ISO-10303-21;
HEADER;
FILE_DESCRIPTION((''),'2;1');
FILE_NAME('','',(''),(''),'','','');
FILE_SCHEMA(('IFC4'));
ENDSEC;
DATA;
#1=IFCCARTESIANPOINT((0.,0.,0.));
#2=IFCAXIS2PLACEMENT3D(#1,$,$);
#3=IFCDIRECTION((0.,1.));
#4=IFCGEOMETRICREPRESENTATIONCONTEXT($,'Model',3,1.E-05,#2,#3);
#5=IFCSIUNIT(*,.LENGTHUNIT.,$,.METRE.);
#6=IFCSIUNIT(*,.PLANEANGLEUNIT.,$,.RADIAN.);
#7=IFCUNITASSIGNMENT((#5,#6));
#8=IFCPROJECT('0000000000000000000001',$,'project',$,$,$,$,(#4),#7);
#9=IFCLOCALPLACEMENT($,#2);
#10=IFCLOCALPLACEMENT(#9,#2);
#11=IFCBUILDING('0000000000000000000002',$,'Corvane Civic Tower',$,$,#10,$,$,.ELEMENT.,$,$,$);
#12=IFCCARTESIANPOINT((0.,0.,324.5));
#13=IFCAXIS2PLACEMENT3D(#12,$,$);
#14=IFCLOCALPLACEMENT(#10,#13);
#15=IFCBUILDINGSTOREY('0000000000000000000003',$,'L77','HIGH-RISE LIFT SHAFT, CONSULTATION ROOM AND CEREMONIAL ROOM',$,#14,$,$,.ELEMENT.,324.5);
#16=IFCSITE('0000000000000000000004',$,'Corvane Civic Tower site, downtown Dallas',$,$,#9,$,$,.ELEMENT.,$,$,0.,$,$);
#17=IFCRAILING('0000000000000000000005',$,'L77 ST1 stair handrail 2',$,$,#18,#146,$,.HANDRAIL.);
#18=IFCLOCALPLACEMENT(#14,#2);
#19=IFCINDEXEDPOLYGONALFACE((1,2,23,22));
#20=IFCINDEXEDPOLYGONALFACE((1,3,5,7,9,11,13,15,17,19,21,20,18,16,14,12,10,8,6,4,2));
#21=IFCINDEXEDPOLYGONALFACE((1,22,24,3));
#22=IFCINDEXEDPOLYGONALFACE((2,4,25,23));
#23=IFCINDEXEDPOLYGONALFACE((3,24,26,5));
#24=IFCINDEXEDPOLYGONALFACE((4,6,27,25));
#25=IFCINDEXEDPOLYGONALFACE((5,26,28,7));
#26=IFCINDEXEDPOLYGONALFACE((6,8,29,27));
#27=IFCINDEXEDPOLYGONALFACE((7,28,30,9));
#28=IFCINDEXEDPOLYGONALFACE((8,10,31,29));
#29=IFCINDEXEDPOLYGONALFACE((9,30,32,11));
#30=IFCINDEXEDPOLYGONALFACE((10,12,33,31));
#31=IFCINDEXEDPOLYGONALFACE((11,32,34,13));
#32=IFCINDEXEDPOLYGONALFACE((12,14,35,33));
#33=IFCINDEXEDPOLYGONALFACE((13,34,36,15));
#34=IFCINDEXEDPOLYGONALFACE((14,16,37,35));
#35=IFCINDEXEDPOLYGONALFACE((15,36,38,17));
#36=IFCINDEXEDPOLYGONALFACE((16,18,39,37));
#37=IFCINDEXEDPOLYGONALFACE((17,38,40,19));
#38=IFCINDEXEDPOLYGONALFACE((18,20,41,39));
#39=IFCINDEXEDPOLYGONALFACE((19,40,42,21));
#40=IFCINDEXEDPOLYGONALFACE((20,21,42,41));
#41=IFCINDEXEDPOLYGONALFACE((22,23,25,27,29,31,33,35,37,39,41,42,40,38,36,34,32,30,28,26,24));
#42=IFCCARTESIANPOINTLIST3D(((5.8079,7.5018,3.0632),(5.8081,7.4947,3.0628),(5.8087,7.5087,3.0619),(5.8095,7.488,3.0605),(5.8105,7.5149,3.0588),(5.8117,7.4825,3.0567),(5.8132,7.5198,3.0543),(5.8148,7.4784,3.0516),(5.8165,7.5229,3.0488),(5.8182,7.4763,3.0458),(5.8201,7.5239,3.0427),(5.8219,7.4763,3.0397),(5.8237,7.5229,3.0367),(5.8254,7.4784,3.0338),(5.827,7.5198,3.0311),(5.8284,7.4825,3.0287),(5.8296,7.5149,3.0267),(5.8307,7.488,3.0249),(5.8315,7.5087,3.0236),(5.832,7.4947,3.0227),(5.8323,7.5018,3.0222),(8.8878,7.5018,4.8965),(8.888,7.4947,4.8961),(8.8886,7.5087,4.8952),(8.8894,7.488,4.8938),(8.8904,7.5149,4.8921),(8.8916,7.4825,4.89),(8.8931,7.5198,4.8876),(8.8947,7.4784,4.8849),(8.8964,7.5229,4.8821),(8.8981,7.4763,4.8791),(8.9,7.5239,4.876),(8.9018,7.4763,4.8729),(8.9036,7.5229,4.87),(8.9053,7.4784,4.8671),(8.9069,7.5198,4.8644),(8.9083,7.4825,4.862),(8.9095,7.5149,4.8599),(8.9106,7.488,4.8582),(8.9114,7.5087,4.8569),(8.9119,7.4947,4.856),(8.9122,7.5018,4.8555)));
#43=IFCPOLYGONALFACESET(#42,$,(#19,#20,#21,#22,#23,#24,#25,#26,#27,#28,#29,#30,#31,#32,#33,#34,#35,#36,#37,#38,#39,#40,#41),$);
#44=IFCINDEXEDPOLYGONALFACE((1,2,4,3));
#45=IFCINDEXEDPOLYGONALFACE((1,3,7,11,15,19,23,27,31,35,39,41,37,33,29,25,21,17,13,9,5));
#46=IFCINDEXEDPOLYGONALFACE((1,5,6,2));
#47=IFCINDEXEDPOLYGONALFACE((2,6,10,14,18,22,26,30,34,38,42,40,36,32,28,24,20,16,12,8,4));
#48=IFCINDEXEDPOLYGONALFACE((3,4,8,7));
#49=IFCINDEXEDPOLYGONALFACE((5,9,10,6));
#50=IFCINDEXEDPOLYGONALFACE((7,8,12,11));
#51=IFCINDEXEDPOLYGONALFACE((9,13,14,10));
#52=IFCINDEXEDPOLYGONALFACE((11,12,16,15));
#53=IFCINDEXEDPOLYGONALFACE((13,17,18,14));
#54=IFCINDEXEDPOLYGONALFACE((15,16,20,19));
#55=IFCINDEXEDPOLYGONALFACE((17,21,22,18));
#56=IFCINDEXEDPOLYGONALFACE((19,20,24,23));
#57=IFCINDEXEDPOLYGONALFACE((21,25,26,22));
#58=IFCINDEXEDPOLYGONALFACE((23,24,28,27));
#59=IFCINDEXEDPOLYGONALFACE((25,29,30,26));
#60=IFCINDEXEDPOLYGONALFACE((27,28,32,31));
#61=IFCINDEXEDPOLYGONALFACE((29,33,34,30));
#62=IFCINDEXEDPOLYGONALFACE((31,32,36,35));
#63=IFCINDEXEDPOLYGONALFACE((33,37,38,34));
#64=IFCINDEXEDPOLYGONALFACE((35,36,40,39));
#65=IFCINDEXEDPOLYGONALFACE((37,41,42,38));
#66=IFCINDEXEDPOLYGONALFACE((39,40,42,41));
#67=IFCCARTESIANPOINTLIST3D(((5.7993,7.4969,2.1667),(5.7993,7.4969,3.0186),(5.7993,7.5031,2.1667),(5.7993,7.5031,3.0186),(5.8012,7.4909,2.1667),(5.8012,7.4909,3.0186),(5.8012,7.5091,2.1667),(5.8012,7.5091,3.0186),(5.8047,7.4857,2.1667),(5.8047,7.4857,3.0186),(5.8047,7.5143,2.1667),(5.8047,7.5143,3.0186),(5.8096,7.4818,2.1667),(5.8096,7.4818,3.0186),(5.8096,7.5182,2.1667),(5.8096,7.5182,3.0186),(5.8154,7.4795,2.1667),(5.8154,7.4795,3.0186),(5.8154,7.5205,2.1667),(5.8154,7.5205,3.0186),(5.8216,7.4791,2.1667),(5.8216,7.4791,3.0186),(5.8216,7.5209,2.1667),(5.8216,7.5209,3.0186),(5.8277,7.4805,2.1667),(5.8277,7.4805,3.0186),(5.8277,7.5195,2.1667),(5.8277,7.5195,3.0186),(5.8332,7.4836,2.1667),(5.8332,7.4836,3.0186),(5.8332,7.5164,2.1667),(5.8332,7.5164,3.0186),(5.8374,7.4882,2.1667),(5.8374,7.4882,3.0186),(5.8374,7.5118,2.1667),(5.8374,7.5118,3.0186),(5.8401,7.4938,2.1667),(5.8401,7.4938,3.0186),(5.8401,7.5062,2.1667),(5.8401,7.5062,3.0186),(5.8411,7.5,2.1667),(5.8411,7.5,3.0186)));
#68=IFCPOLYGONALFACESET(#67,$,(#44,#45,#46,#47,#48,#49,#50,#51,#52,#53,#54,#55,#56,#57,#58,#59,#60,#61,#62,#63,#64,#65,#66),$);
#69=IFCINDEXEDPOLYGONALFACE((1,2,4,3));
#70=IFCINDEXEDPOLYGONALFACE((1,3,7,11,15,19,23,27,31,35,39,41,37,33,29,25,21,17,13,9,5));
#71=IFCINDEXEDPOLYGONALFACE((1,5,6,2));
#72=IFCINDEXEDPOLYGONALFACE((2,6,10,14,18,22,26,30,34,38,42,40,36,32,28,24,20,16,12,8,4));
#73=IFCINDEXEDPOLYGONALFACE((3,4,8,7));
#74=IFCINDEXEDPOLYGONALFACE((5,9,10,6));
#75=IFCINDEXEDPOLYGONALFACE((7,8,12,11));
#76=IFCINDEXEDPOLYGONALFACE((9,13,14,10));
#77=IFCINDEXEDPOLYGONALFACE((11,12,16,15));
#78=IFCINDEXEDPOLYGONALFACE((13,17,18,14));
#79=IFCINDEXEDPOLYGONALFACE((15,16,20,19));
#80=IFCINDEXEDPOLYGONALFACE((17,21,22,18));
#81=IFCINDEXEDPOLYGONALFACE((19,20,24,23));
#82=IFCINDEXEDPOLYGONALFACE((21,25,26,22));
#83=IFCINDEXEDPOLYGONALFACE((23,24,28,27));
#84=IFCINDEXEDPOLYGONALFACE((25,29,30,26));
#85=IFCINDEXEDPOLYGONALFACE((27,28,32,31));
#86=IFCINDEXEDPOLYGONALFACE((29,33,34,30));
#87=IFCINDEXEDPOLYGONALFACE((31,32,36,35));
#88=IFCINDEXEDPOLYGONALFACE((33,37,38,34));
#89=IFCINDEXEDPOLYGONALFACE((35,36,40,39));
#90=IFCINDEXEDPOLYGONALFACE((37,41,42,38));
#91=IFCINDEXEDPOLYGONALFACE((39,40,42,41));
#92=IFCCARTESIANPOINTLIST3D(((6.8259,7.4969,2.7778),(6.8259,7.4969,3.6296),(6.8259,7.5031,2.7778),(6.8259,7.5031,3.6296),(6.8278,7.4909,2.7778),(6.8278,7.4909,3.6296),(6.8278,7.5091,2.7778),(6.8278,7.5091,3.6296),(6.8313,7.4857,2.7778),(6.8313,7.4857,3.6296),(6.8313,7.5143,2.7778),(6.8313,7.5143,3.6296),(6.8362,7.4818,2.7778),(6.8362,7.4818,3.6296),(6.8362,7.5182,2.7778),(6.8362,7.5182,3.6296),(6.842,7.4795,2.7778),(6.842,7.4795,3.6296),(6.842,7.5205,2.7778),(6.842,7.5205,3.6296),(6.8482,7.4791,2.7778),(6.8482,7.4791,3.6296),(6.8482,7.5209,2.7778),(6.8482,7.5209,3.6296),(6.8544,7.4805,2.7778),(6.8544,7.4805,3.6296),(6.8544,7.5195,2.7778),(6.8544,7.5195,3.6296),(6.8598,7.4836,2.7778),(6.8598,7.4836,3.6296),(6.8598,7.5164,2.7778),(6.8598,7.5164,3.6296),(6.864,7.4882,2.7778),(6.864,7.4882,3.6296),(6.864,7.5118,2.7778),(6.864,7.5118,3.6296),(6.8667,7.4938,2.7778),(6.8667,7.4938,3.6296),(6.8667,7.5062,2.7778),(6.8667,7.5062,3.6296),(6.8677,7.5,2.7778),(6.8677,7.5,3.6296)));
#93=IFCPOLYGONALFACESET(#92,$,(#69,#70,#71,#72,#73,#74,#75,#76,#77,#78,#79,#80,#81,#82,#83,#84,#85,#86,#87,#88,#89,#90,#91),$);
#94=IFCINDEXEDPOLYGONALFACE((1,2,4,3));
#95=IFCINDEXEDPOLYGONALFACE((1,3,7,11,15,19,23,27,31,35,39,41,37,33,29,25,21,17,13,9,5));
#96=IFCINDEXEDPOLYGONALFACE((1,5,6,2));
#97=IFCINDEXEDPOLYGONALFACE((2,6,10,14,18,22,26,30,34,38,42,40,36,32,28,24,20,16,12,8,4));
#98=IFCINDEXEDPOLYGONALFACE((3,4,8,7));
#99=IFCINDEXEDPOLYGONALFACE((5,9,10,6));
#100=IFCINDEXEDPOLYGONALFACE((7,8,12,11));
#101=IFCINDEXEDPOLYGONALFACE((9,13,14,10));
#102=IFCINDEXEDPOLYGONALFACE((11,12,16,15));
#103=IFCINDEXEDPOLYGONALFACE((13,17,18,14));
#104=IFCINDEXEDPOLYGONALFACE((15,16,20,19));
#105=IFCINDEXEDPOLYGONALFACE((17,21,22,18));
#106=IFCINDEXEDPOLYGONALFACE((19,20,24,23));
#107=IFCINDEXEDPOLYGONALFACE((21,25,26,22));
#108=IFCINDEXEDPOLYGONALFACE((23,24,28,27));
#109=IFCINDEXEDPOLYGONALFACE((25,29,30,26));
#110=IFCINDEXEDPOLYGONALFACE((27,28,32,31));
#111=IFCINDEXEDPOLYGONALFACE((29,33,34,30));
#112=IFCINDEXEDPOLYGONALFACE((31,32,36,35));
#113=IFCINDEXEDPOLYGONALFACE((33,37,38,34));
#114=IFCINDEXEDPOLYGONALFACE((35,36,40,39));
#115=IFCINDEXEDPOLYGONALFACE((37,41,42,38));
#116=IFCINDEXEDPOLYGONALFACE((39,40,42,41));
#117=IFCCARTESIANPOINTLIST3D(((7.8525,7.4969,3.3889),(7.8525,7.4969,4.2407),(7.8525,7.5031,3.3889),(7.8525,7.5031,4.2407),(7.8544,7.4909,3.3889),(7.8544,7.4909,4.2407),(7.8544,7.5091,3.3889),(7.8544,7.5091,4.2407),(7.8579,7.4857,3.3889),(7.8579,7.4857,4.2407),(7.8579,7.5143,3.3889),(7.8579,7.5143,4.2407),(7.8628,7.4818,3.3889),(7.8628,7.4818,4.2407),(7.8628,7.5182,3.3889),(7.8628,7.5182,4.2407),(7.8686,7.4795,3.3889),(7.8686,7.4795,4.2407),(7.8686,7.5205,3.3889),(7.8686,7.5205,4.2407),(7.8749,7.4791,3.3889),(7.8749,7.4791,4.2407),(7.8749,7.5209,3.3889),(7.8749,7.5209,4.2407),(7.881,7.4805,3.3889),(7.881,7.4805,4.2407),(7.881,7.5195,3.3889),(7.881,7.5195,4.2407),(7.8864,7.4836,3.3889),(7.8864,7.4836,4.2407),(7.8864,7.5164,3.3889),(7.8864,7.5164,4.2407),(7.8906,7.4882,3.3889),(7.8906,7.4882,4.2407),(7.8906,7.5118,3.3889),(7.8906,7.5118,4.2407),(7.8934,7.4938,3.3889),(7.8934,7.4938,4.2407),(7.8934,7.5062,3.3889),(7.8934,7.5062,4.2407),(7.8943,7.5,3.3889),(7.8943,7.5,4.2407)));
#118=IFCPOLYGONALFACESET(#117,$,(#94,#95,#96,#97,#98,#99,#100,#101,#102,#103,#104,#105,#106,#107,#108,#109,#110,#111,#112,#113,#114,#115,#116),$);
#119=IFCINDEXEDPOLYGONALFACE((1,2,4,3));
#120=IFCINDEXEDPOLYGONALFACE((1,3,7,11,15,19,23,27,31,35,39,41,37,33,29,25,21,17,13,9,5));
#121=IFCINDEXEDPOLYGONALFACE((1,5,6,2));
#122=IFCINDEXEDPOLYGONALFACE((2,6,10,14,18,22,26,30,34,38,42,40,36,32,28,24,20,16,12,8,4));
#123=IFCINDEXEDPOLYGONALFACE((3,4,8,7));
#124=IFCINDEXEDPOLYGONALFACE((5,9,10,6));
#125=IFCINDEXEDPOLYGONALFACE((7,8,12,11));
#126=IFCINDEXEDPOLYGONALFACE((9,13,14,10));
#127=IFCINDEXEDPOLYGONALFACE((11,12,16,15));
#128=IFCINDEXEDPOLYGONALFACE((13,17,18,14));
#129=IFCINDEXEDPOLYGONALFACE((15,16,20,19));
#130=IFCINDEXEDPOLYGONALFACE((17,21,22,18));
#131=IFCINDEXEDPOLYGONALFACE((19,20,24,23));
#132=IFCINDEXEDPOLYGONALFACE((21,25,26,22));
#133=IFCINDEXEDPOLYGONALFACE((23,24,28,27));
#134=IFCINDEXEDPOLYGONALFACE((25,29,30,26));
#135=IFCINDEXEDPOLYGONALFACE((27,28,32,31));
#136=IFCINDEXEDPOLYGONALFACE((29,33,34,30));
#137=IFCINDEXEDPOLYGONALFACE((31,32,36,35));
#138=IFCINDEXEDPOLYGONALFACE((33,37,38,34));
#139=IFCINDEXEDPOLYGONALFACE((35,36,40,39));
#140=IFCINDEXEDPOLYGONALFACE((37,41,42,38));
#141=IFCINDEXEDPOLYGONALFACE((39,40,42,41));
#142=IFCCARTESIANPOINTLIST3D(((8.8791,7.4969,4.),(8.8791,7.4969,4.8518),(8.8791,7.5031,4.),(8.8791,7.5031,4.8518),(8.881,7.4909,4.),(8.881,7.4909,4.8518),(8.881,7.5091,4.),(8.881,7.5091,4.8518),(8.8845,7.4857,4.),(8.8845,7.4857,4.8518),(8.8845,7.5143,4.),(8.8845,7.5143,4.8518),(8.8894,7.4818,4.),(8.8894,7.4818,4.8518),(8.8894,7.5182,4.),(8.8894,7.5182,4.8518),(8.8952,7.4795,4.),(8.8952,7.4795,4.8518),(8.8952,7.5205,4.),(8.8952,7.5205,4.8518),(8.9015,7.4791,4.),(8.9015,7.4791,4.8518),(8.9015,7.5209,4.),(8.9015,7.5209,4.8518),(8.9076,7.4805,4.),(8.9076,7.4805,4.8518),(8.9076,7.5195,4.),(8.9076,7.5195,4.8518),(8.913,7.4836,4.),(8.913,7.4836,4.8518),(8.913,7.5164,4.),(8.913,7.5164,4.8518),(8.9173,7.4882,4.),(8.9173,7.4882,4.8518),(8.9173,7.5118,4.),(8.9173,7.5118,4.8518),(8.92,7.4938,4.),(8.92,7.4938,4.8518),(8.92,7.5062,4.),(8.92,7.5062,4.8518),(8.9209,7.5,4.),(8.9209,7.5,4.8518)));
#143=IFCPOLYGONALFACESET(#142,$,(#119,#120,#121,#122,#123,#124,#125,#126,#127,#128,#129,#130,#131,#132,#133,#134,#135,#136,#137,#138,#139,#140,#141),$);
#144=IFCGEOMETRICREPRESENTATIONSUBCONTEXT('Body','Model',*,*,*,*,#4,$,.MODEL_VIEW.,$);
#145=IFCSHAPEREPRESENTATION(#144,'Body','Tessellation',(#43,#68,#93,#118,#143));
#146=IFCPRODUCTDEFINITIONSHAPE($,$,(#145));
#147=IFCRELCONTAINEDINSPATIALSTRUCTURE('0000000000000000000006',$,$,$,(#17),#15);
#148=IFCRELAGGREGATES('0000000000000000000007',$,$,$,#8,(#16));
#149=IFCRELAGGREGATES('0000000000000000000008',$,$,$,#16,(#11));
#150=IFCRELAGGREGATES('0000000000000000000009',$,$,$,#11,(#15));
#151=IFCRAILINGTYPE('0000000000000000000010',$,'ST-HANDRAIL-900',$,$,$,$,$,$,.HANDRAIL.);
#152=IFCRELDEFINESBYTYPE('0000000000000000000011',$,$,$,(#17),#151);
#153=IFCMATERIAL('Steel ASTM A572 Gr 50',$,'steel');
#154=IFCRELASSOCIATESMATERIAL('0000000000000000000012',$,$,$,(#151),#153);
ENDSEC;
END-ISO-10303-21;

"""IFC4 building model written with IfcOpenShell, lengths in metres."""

from ifc_helpers import new_model, si_unit, direction, frame, origin, origin_2d, place, context, subcontext, project, spatial, circle, extrude, material, type_object, element, save


model = new_model("IFC4")

# Units and contexts
model_context = context("Model", 3, precision=1e-05, world=origin(), true_north=direction((0.0, 1.0)))
body_context = subcontext(model_context, "Body", "Model", "MODEL_VIEW")
ifc_project = project(units=[si_unit("LENGTHUNIT", "METRE"), si_unit("PLANEANGLEUNIT", "RADIAN")], contexts=[model_context])

# Site, building, storey
site_placement = place(None, origin())
site = spatial("IfcSite", under=ifc_project, at=site_placement, Name="Corvane Civic Tower site, downtown Dallas", CompositionType="ELEMENT", RefElevation=0.0)
building_placement = place(site_placement, origin())
building = spatial("IfcBuilding", under=site, at=building_placement, Name="Corvane Civic Tower", CompositionType="ELEMENT")
storey_placement = place(building_placement, frame((0.0, 0.0, 324.5)))
storey = spatial("IfcBuildingStorey", under=building, at=storey_placement, Name="L77", Description="HIGH-RISE LIFT SHAFT, CONSULTATION ROOM AND CEREMONIAL ROOM", CompositionType="ELEMENT", Elevation=324.5)

# Railing
ifc_material_1 = material(Name="Steel ASTM A572 Gr 50", Category="steel")
railing_type = type_object("IfcRailingType", Name="ST-HANDRAIL-900", PredefinedType="HANDRAIL", material=ifc_material_1)
railing_placement = place(storey_placement, frame((5.8201, 7.5, 2.1667)))
element("IfcRailing", 1, at=railing_placement, inside=storey, type_object=railing_type, Name="L77 ST1 stair handrail 2", PredefinedType="HANDRAIL", context=body_context, shape_type="SweptSolid", body=[
    extrude(circle(Radius=0.0239, at=origin_2d()), frame((0.0, 0.0, 0.876), z_axis=(0.859291, 0.0, 0.511487), x_axis=(0.0, 1.0, 0.0)), (0.0, 0.0, 1.0), 3.5842),
    extrude(circle(Radius=0.021, at=origin_2d()), origin(), (0.0, 0.0, 1.0), 0.8518),
    extrude(circle(Radius=0.021, at=origin_2d()), frame((1.0266, 0.0, 0.6111)), (0.0, 0.0, 1.0), 0.8518),
    extrude(circle(Radius=0.021, at=origin_2d()), frame((2.0532, 0.0, 1.2222)), (0.0, 0.0, 1.0), 0.8518),
    extrude(circle(Radius=0.021, at=origin_2d()), frame((3.0798, 0.0, 1.8333)), (0.0, 0.0, 1.0), 0.8518),
])

save(model, "model.ifc")
